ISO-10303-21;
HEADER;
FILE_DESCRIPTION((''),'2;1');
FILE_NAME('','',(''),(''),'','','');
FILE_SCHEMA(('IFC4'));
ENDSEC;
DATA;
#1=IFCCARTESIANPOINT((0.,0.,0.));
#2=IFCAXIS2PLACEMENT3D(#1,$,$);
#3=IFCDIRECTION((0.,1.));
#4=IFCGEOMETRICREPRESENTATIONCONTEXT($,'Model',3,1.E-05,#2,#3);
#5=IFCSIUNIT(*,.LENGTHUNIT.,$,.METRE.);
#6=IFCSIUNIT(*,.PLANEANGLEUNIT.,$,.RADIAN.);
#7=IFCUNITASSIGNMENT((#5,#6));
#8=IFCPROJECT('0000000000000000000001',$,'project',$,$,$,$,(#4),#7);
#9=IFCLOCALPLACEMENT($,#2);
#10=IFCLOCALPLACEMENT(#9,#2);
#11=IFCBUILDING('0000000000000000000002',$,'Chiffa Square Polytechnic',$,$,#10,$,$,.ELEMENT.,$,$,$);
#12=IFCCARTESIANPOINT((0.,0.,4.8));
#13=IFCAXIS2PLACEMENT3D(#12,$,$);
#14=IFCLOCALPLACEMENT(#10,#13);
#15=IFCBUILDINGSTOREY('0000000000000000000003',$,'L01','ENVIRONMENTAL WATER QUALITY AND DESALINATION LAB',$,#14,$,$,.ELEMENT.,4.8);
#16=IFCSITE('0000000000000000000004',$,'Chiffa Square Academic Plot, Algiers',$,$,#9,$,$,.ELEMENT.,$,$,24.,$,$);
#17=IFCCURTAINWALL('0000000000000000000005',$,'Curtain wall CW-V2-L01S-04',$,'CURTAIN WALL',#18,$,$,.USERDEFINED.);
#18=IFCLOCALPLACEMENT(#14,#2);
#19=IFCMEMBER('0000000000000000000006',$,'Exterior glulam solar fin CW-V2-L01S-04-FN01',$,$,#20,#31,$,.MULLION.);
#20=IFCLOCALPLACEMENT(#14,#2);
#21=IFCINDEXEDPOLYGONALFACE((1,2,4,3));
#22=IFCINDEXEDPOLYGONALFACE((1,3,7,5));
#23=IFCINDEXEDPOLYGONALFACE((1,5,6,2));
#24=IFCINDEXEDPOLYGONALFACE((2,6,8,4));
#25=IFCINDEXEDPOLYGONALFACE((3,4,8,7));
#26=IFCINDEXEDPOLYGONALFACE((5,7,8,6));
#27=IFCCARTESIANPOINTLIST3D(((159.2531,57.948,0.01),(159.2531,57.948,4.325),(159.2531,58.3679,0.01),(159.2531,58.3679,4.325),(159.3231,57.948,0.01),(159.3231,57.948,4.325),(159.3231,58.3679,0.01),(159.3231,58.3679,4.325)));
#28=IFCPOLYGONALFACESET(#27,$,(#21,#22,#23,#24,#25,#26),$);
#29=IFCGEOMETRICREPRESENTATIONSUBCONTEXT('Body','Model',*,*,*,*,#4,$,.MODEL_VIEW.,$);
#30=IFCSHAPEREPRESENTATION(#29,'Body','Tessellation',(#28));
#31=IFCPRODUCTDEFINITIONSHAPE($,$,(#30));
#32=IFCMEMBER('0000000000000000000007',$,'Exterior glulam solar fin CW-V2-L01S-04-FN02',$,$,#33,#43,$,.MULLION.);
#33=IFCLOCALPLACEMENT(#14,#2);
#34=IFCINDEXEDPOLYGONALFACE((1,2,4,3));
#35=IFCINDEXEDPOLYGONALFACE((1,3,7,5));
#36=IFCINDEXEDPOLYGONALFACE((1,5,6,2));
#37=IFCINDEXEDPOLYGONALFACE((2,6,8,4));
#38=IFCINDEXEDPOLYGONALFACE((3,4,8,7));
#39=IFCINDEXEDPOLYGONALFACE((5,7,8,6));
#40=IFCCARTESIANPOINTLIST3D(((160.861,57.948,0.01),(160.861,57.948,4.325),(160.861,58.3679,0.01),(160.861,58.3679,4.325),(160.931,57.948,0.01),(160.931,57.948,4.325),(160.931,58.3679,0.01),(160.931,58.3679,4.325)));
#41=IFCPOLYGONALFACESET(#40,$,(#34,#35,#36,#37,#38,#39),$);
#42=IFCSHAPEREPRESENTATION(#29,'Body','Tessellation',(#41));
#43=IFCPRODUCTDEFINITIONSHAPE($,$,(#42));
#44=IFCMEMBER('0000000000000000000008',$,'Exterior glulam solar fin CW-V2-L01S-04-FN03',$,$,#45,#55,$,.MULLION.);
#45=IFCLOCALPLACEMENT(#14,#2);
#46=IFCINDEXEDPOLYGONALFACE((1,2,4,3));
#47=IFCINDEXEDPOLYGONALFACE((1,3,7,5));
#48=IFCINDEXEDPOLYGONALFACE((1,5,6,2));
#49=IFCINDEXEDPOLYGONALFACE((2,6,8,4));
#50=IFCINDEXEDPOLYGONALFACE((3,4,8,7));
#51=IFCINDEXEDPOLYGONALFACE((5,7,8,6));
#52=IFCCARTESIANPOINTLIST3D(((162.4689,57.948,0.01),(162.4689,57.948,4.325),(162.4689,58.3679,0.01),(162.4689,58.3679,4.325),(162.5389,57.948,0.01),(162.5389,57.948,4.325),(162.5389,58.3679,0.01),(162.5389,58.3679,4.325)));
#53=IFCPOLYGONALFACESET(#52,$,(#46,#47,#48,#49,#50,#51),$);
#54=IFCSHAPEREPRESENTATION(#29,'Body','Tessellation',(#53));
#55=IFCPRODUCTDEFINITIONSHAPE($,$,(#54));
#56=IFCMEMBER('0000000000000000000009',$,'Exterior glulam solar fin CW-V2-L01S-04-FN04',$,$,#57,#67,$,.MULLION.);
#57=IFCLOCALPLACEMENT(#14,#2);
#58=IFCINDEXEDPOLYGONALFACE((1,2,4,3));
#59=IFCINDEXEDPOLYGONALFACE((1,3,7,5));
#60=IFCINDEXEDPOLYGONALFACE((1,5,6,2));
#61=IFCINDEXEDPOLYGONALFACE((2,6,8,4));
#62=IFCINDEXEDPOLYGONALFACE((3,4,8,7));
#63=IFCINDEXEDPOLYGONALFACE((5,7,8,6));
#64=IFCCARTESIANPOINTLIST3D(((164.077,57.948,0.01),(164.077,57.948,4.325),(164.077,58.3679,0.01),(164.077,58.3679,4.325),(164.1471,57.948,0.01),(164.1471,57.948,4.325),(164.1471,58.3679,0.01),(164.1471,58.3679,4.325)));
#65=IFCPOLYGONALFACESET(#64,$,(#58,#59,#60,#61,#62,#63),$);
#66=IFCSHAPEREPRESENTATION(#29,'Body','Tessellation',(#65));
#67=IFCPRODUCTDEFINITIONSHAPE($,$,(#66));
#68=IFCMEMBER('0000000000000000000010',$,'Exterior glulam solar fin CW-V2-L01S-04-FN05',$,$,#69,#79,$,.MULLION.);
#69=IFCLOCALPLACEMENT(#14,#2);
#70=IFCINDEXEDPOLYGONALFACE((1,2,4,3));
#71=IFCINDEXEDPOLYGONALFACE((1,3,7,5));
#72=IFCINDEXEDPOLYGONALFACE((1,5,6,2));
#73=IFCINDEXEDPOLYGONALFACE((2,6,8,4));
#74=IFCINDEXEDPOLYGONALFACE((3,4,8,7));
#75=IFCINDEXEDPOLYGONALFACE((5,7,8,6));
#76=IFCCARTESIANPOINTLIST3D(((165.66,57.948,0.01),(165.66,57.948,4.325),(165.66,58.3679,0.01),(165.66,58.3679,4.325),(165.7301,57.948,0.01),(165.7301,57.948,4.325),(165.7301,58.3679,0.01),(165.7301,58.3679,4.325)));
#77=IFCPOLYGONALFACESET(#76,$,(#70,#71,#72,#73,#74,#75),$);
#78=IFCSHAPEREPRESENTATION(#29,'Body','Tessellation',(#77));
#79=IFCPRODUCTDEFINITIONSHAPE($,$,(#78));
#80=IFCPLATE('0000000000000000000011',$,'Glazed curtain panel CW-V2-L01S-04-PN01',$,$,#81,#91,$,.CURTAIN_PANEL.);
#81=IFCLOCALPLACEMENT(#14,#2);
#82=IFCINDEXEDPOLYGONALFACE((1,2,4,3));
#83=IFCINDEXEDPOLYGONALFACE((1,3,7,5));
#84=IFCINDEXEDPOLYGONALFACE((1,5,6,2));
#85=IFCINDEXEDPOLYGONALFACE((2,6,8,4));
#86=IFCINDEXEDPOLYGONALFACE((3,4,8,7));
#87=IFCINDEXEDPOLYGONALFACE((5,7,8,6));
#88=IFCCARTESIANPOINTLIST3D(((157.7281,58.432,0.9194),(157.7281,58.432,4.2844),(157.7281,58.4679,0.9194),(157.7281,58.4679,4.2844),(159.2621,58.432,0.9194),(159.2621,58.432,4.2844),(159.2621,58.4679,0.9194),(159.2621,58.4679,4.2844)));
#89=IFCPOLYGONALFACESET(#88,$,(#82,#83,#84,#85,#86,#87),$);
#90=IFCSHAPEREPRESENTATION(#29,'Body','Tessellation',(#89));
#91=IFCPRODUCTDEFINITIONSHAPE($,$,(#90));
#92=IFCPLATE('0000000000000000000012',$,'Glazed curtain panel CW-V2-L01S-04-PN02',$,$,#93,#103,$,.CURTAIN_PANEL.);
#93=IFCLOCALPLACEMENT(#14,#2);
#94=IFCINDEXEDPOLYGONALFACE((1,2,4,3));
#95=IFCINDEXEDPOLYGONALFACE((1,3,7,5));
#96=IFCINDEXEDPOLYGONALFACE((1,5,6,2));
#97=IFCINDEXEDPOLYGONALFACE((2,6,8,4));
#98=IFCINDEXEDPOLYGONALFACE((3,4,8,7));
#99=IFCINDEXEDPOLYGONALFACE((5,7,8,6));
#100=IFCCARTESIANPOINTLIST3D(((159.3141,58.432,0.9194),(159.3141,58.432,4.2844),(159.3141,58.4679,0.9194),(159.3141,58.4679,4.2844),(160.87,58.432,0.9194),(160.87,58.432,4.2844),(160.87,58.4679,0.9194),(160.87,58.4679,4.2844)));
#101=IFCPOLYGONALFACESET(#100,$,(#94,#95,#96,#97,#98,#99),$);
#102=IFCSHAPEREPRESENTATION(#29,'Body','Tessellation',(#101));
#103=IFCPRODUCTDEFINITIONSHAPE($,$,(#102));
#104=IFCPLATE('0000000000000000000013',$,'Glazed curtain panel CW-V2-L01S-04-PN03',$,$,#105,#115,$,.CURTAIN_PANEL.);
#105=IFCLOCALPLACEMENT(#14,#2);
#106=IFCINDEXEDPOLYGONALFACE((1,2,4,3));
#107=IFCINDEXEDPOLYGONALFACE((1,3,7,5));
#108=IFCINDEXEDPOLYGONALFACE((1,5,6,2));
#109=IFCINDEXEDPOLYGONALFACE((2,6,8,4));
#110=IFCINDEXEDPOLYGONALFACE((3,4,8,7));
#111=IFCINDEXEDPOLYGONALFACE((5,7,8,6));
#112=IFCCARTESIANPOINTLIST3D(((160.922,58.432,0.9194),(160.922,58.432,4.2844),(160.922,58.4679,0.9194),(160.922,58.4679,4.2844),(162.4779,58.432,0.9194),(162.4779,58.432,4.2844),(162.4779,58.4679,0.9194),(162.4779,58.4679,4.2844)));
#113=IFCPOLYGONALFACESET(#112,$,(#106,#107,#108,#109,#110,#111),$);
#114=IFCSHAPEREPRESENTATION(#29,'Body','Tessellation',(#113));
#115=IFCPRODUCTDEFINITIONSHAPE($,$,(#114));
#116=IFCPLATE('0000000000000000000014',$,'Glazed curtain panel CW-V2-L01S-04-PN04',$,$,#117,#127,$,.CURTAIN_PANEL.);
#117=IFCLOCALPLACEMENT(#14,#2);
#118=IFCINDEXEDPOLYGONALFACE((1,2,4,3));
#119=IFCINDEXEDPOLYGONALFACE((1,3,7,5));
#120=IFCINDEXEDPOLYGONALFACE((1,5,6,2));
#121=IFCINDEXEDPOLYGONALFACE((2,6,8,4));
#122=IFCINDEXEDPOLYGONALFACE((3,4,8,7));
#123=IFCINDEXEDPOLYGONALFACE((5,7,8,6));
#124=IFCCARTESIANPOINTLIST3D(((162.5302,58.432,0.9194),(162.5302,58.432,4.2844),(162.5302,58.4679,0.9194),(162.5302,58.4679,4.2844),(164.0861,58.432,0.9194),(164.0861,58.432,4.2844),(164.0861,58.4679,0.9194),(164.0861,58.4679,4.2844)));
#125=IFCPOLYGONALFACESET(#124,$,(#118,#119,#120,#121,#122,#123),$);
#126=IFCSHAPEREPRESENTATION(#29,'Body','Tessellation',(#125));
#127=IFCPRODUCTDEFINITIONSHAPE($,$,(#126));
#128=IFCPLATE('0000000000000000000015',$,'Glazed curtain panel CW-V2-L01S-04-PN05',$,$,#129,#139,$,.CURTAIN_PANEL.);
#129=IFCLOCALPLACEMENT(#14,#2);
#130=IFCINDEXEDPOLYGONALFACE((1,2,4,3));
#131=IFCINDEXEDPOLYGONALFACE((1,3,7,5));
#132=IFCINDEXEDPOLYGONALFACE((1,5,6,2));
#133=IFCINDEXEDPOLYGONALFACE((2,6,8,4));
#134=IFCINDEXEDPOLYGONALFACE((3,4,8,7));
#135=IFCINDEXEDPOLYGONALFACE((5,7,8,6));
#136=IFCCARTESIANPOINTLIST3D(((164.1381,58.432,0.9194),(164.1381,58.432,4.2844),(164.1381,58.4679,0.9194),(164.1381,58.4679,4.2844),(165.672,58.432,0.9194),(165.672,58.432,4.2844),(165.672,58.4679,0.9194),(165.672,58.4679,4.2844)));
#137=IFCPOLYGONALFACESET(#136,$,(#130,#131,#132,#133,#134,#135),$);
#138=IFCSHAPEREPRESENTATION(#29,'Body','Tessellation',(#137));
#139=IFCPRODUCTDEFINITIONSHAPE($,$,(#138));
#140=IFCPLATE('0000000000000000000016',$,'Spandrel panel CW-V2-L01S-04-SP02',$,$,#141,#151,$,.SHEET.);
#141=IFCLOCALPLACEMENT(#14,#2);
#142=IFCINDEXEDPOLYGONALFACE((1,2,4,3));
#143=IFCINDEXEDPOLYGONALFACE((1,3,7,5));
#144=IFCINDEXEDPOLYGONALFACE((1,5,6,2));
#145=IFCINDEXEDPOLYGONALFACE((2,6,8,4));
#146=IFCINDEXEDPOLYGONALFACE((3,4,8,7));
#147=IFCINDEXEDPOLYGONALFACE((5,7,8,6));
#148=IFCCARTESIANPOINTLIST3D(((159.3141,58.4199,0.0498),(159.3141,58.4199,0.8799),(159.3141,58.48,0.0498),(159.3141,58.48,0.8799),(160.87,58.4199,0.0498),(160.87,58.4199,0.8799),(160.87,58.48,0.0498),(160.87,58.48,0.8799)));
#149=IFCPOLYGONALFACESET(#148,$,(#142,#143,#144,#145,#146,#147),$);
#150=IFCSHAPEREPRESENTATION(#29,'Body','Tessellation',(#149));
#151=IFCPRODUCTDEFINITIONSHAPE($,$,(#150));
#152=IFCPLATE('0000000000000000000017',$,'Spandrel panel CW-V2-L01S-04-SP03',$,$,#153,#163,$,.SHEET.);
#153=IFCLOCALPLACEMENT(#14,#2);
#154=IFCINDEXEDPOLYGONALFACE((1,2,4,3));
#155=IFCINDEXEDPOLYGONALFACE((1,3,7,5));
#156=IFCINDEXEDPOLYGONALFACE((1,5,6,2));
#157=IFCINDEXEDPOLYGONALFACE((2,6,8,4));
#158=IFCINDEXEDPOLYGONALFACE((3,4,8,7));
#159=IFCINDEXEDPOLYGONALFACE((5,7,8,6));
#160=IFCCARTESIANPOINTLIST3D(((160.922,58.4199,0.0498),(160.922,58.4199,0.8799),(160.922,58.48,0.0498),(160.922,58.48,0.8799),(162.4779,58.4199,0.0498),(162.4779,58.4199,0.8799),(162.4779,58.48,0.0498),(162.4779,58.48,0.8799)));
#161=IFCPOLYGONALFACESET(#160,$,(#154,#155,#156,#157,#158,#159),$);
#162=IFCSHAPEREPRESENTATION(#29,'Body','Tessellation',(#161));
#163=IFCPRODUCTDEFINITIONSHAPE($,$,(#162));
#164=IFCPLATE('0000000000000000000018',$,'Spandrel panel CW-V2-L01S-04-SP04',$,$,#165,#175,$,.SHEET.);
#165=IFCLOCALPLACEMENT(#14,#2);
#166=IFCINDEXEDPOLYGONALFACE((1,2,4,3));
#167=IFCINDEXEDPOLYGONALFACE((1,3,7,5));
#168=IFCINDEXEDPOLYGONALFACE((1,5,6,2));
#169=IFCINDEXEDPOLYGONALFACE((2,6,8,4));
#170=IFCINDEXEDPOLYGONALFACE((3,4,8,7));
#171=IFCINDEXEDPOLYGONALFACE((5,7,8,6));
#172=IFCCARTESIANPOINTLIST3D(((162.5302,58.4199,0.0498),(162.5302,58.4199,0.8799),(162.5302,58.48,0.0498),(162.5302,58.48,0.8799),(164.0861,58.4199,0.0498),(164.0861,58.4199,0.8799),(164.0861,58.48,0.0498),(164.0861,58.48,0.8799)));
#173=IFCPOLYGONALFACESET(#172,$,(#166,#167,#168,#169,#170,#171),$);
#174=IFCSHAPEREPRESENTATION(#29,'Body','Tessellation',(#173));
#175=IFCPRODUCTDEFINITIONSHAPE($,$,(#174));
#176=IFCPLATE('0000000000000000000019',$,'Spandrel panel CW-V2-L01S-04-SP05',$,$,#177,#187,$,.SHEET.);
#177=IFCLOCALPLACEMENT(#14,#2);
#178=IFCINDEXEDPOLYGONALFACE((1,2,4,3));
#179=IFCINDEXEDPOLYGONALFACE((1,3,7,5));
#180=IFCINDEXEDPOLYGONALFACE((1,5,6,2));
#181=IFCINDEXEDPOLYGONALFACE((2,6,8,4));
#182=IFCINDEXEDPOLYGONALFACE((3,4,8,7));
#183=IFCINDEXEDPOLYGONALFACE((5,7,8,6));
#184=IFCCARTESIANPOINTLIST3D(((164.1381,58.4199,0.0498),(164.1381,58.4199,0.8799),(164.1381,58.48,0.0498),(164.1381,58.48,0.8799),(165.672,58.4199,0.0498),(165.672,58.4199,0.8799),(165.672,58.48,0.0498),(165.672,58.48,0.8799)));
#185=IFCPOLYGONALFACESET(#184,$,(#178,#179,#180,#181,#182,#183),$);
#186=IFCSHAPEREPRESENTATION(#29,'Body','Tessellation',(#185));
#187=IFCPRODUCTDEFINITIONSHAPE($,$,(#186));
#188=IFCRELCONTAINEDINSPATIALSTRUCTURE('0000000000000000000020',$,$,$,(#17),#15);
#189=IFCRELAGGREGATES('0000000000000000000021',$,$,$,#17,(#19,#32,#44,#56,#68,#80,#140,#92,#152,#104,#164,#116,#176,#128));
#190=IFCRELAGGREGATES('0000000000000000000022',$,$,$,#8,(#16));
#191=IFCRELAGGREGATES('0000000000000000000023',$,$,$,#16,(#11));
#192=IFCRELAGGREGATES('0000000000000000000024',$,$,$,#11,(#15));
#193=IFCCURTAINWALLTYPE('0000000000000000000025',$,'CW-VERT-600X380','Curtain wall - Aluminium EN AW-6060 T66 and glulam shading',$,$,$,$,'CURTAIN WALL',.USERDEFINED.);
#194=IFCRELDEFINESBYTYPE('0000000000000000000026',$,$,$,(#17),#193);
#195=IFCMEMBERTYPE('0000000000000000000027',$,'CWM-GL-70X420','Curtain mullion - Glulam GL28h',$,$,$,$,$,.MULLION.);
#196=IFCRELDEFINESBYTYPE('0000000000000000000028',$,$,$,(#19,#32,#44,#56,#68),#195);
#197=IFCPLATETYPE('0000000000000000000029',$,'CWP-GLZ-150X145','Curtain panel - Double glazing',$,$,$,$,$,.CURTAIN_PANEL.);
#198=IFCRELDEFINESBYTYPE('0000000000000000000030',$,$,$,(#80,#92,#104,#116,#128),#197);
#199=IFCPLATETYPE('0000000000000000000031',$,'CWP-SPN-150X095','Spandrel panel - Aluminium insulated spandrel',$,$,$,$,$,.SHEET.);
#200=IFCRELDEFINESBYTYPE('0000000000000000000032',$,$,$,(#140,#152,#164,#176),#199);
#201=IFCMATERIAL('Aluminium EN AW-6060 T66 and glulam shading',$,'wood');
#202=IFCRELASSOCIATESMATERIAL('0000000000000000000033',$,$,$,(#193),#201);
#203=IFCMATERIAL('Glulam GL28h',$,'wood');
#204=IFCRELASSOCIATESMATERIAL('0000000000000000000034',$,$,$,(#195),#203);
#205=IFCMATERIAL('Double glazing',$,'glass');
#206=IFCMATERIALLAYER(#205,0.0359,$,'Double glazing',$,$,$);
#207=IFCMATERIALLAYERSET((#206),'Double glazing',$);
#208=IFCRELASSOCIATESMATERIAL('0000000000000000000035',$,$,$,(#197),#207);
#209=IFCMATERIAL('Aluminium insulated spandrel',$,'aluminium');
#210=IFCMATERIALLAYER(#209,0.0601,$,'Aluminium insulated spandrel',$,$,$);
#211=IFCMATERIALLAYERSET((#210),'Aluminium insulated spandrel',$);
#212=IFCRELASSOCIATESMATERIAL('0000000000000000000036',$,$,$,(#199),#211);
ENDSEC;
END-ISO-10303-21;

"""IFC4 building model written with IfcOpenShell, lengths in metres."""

from ifc_helpers import new_model, si_unit, direction, frame, origin, origin_2d, place, context, subcontext, project, spatial, rectangle, extrude, material, layer, layer_set, material_profile, profile_set, type_object, element, aggregate, save


model = new_model("IFC4")

# Units and contexts
model_context = context("Model", 3, precision=1e-05, world=origin(), true_north=direction((0.0, 1.0)))
body_context = subcontext(model_context, "Body", "Model", "MODEL_VIEW")
ifc_project = project(units=[si_unit("LENGTHUNIT", "METRE"), si_unit("PLANEANGLEUNIT", "RADIAN")], contexts=[model_context])

# Site, building, storey
site_placement = place(None, origin())
site = spatial("IfcSite", under=ifc_project, at=site_placement, Name="Chiffa Square Academic Plot, Algiers", CompositionType="ELEMENT", RefElevation=24.0)
building_placement = place(site_placement, origin())
building = spatial("IfcBuilding", under=site, at=building_placement, Name="Chiffa Square Polytechnic", CompositionType="ELEMENT")
storey_placement = place(building_placement, frame((0.0, 0.0, 4.8)))
storey = spatial("IfcBuildingStorey", under=building, at=storey_placement, Name="L01", Description="ENVIRONMENTAL WATER QUALITY AND DESALINATION LAB", CompositionType="ELEMENT", Elevation=4.8)

# Curtain wall, members, plates
ifc_material_1 = material(Name="Aluminium EN AW-6060 T66 and glulam shading", Category="wood")
curtain_wall_type = type_object("IfcCurtainWallType", Name="CW-VERT-600X380", Description="Curtain wall - Aluminium EN AW-6060 T66 and glulam shading", ElementType="CURTAIN WALL", PredefinedType="USERDEFINED", material=ifc_material_1)
curtain_wall_placement = place(storey_placement, origin())
curtain_wall = element("IfcCurtainWall", 1, at=curtain_wall_placement, inside=storey, type_object=curtain_wall_type, Name="Curtain wall CW-V2-L01S-04", ObjectType="CURTAIN WALL", PredefinedType="USERDEFINED")
ifc_material_2 = material(Name="Glulam GL28h", Category="wood")
ifc_material_profile_1 = material_profile(ifc_material_2, rectangle(XDim=0.0701, YDim=0.4199, at=origin_2d()), Name="GL28h 70x420")
ifc_profile_set_1 = profile_set([ifc_material_profile_1], Name="Glulam GL28h")
member_type_1 = type_object("IfcMemberType", Name="CWM-GL-70X420", Description="Curtain mullion - Glulam GL28h", PredefinedType="MULLION", material=ifc_profile_set_1)
member_1_placement = place(storey_placement, frame((159.2881, 58.158, 0.01), z_axis=(0.0, 0.0, 1.0), x_axis=(1.0, 0.0, 0.0)))
member_1 = element("IfcMember", 2, at=member_1_placement, type_object=member_type_1, Name="Exterior glulam solar fin CW-V2-L01S-04-FN01", PredefinedType="MULLION", context=body_context, shape_type="SweptSolid", body=[
    extrude(rectangle(XDim=0.0701, YDim=0.4199, at=origin_2d()), origin(), (0.0, 0.0, 1.0), 4.3149),
])
member_2_placement = place(storey_placement, frame((160.896, 58.158, 0.01), z_axis=(0.0, 0.0, 1.0), x_axis=(1.0, 0.0, 0.0)))
member_2 = element("IfcMember", 3, at=member_2_placement, type_object=member_type_1, Name="Exterior glulam solar fin CW-V2-L01S-04-FN02", PredefinedType="MULLION", context=body_context, shape_type="SweptSolid", body=[
    extrude(rectangle(XDim=0.0701, YDim=0.4199, at=origin_2d()), origin(), (0.0, 0.0, 1.0), 4.3149),
])
member_3_placement = place(storey_placement, frame((162.5039, 58.158, 0.01), z_axis=(0.0, 0.0, 1.0), x_axis=(1.0, 0.0, 0.0)))
member_3 = element("IfcMember", 4, at=member_3_placement, type_object=member_type_1, Name="Exterior glulam solar fin CW-V2-L01S-04-FN03", PredefinedType="MULLION", context=body_context, shape_type="SweptSolid", body=[
    extrude(rectangle(XDim=0.0701, YDim=0.4199, at=origin_2d()), origin(), (0.0, 0.0, 1.0), 4.3149),
])
member_4_placement = place(storey_placement, frame((164.1121, 58.158, 0.01), z_axis=(0.0, 0.0, 1.0), x_axis=(1.0, 0.0, 0.0)))
member_4 = element("IfcMember", 5, at=member_4_placement, type_object=member_type_1, Name="Exterior glulam solar fin CW-V2-L01S-04-FN04", PredefinedType="MULLION", context=body_context, shape_type="SweptSolid", body=[
    extrude(rectangle(XDim=0.0701, YDim=0.4199, at=origin_2d()), origin(), (0.0, 0.0, 1.0), 4.3149),
])
member_5_placement = place(storey_placement, frame((165.6951, 58.158, 0.01), z_axis=(0.0, 0.0, 1.0), x_axis=(1.0, 0.0, 0.0)))
member_5 = element("IfcMember", 6, at=member_5_placement, type_object=member_type_1, Name="Exterior glulam solar fin CW-V2-L01S-04-FN05", PredefinedType="MULLION", context=body_context, shape_type="SweptSolid", body=[
    extrude(rectangle(XDim=0.0701, YDim=0.4199, at=origin_2d()), origin(), (0.0, 0.0, 1.0), 4.3149),
])
ifc_material_3 = material(Name="Double glazing", Category="glass")
ifc_layer_1 = layer(ifc_material_3, 0.0359, Name="Double glazing")
ifc_layer_set_1 = layer_set([ifc_layer_1], Name="Double glazing")
plate_type_1 = type_object("IfcPlateType", Name="CWP-GLZ-150X145", Description="Curtain panel - Double glazing", PredefinedType="CURTAIN_PANEL", material=ifc_layer_set_1)
plate_1_placement = place(storey_placement, frame((158.4951, 58.45, 0.9194), z_axis=(0.0, 0.0, 1.0), x_axis=(1.0, 0.0, 0.0)))
plate_1 = element("IfcPlate", 7, at=plate_1_placement, type_object=plate_type_1, Name="Glazed curtain panel CW-V2-L01S-04-PN01", PredefinedType="CURTAIN_PANEL", context=body_context, shape_type="SweptSolid", body=[
    extrude(rectangle(XDim=1.5339, YDim=0.0359, at=origin_2d()), origin(), (0.0, 0.0, 1.0), 3.365),
])
plate_2_placement = place(storey_placement, frame((160.092, 58.45, 0.9194), z_axis=(0.0, 0.0, 1.0), x_axis=(1.0, 0.0, 0.0)))
plate_2 = element("IfcPlate", 8, at=plate_2_placement, type_object=plate_type_1, Name="Glazed curtain panel CW-V2-L01S-04-PN02", PredefinedType="CURTAIN_PANEL", context=body_context, shape_type="SweptSolid", body=[
    extrude(rectangle(XDim=1.5559, YDim=0.0359, at=origin_2d()), origin(), (0.0, 0.0, 1.0), 3.365),
])
plate_3_placement = place(storey_placement, frame((161.7, 58.45, 0.9194), z_axis=(0.0, 0.0, 1.0), x_axis=(1.0, 0.0, 0.0)))
plate_3 = element("IfcPlate", 9, at=plate_3_placement, type_object=plate_type_1, Name="Glazed curtain panel CW-V2-L01S-04-PN03", PredefinedType="CURTAIN_PANEL", context=body_context, shape_type="SweptSolid", body=[
    extrude(rectangle(XDim=1.5559, YDim=0.0359, at=origin_2d()), origin(), (0.0, 0.0, 1.0), 3.365),
])
plate_4_placement = place(storey_placement, frame((163.3081, 58.45, 0.9194), z_axis=(0.0, 0.0, 1.0), x_axis=(1.0, 0.0, 0.0)))
plate_4 = element("IfcPlate", 10, at=plate_4_placement, type_object=plate_type_1, Name="Glazed curtain panel CW-V2-L01S-04-PN04", PredefinedType="CURTAIN_PANEL", context=body_context, shape_type="SweptSolid", body=[
    extrude(rectangle(XDim=1.5559, YDim=0.0359, at=origin_2d()), origin(), (0.0, 0.0, 1.0), 3.365),
])
plate_5_placement = place(storey_placement, frame((164.905, 58.45, 0.9194), z_axis=(0.0, 0.0, 1.0), x_axis=(1.0, 0.0, 0.0)))
plate_5 = element("IfcPlate", 11, at=plate_5_placement, type_object=plate_type_1, Name="Glazed curtain panel CW-V2-L01S-04-PN05", PredefinedType="CURTAIN_PANEL", context=body_context, shape_type="SweptSolid", body=[
    extrude(rectangle(XDim=1.5339, YDim=0.0359, at=origin_2d()), origin(), (0.0, 0.0, 1.0), 3.365),
])
ifc_material_4 = material(Name="Aluminium insulated spandrel", Category="aluminium")
ifc_layer_2 = layer(ifc_material_4, 0.0601, Name="Aluminium insulated spandrel")
ifc_layer_set_2 = layer_set([ifc_layer_2], Name="Aluminium insulated spandrel")
plate_type_2 = type_object("IfcPlateType", Name="CWP-SPN-150X095", Description="Spandrel panel - Aluminium insulated spandrel", PredefinedType="SHEET", material=ifc_layer_set_2)
plate_6_placement = place(storey_placement, frame((160.092, 58.45, 0.0498), z_axis=(0.0, 0.0, 1.0), x_axis=(1.0, 0.0, 0.0)))
plate_6 = element("IfcPlate", 12, at=plate_6_placement, type_object=plate_type_2, Name="Spandrel panel CW-V2-L01S-04-SP02", PredefinedType="SHEET", context=body_context, shape_type="SweptSolid", body=[
    extrude(rectangle(XDim=1.5559, YDim=0.0601, at=origin_2d()), origin(), (0.0, 0.0, 1.0), 0.8301),
])
plate_7_placement = place(storey_placement, frame((161.7, 58.45, 0.0498), z_axis=(0.0, 0.0, 1.0), x_axis=(1.0, 0.0, 0.0)))
plate_7 = element("IfcPlate", 13, at=plate_7_placement, type_object=plate_type_2, Name="Spandrel panel CW-V2-L01S-04-SP03", PredefinedType="SHEET", context=body_context, shape_type="SweptSolid", body=[
    extrude(rectangle(XDim=1.5559, YDim=0.0601, at=origin_2d()), origin(), (0.0, 0.0, 1.0), 0.8301),
])
plate_8_placement = place(storey_placement, frame((163.3081, 58.45, 0.0498), z_axis=(0.0, 0.0, 1.0), x_axis=(1.0, 0.0, 0.0)))
plate_8 = element("IfcPlate", 14, at=plate_8_placement, type_object=plate_type_2, Name="Spandrel panel CW-V2-L01S-04-SP04", PredefinedType="SHEET", context=body_context, shape_type="SweptSolid", body=[
    extrude(rectangle(XDim=1.5559, YDim=0.0601, at=origin_2d()), origin(), (0.0, 0.0, 1.0), 0.8301),
])
plate_9_placement = place(storey_placement, frame((164.905, 58.45, 0.0498), z_axis=(0.0, 0.0, 1.0), x_axis=(1.0, 0.0, 0.0)))
plate_9 = element("IfcPlate", 15, at=plate_9_placement, type_object=plate_type_2, Name="Spandrel panel CW-V2-L01S-04-SP05", PredefinedType="SHEET", context=body_context, shape_type="SweptSolid", body=[
    extrude(rectangle(XDim=1.5339, YDim=0.0601, at=origin_2d()), origin(), (0.0, 0.0, 1.0), 0.8301),
])
aggregate(curtain_wall, [member_1, member_2, member_3, member_4, member_5, plate_1, plate_6, plate_2, plate_7, plate_3, plate_8, plate_4, plate_9, plate_5])

save(model, "model.ifc")
